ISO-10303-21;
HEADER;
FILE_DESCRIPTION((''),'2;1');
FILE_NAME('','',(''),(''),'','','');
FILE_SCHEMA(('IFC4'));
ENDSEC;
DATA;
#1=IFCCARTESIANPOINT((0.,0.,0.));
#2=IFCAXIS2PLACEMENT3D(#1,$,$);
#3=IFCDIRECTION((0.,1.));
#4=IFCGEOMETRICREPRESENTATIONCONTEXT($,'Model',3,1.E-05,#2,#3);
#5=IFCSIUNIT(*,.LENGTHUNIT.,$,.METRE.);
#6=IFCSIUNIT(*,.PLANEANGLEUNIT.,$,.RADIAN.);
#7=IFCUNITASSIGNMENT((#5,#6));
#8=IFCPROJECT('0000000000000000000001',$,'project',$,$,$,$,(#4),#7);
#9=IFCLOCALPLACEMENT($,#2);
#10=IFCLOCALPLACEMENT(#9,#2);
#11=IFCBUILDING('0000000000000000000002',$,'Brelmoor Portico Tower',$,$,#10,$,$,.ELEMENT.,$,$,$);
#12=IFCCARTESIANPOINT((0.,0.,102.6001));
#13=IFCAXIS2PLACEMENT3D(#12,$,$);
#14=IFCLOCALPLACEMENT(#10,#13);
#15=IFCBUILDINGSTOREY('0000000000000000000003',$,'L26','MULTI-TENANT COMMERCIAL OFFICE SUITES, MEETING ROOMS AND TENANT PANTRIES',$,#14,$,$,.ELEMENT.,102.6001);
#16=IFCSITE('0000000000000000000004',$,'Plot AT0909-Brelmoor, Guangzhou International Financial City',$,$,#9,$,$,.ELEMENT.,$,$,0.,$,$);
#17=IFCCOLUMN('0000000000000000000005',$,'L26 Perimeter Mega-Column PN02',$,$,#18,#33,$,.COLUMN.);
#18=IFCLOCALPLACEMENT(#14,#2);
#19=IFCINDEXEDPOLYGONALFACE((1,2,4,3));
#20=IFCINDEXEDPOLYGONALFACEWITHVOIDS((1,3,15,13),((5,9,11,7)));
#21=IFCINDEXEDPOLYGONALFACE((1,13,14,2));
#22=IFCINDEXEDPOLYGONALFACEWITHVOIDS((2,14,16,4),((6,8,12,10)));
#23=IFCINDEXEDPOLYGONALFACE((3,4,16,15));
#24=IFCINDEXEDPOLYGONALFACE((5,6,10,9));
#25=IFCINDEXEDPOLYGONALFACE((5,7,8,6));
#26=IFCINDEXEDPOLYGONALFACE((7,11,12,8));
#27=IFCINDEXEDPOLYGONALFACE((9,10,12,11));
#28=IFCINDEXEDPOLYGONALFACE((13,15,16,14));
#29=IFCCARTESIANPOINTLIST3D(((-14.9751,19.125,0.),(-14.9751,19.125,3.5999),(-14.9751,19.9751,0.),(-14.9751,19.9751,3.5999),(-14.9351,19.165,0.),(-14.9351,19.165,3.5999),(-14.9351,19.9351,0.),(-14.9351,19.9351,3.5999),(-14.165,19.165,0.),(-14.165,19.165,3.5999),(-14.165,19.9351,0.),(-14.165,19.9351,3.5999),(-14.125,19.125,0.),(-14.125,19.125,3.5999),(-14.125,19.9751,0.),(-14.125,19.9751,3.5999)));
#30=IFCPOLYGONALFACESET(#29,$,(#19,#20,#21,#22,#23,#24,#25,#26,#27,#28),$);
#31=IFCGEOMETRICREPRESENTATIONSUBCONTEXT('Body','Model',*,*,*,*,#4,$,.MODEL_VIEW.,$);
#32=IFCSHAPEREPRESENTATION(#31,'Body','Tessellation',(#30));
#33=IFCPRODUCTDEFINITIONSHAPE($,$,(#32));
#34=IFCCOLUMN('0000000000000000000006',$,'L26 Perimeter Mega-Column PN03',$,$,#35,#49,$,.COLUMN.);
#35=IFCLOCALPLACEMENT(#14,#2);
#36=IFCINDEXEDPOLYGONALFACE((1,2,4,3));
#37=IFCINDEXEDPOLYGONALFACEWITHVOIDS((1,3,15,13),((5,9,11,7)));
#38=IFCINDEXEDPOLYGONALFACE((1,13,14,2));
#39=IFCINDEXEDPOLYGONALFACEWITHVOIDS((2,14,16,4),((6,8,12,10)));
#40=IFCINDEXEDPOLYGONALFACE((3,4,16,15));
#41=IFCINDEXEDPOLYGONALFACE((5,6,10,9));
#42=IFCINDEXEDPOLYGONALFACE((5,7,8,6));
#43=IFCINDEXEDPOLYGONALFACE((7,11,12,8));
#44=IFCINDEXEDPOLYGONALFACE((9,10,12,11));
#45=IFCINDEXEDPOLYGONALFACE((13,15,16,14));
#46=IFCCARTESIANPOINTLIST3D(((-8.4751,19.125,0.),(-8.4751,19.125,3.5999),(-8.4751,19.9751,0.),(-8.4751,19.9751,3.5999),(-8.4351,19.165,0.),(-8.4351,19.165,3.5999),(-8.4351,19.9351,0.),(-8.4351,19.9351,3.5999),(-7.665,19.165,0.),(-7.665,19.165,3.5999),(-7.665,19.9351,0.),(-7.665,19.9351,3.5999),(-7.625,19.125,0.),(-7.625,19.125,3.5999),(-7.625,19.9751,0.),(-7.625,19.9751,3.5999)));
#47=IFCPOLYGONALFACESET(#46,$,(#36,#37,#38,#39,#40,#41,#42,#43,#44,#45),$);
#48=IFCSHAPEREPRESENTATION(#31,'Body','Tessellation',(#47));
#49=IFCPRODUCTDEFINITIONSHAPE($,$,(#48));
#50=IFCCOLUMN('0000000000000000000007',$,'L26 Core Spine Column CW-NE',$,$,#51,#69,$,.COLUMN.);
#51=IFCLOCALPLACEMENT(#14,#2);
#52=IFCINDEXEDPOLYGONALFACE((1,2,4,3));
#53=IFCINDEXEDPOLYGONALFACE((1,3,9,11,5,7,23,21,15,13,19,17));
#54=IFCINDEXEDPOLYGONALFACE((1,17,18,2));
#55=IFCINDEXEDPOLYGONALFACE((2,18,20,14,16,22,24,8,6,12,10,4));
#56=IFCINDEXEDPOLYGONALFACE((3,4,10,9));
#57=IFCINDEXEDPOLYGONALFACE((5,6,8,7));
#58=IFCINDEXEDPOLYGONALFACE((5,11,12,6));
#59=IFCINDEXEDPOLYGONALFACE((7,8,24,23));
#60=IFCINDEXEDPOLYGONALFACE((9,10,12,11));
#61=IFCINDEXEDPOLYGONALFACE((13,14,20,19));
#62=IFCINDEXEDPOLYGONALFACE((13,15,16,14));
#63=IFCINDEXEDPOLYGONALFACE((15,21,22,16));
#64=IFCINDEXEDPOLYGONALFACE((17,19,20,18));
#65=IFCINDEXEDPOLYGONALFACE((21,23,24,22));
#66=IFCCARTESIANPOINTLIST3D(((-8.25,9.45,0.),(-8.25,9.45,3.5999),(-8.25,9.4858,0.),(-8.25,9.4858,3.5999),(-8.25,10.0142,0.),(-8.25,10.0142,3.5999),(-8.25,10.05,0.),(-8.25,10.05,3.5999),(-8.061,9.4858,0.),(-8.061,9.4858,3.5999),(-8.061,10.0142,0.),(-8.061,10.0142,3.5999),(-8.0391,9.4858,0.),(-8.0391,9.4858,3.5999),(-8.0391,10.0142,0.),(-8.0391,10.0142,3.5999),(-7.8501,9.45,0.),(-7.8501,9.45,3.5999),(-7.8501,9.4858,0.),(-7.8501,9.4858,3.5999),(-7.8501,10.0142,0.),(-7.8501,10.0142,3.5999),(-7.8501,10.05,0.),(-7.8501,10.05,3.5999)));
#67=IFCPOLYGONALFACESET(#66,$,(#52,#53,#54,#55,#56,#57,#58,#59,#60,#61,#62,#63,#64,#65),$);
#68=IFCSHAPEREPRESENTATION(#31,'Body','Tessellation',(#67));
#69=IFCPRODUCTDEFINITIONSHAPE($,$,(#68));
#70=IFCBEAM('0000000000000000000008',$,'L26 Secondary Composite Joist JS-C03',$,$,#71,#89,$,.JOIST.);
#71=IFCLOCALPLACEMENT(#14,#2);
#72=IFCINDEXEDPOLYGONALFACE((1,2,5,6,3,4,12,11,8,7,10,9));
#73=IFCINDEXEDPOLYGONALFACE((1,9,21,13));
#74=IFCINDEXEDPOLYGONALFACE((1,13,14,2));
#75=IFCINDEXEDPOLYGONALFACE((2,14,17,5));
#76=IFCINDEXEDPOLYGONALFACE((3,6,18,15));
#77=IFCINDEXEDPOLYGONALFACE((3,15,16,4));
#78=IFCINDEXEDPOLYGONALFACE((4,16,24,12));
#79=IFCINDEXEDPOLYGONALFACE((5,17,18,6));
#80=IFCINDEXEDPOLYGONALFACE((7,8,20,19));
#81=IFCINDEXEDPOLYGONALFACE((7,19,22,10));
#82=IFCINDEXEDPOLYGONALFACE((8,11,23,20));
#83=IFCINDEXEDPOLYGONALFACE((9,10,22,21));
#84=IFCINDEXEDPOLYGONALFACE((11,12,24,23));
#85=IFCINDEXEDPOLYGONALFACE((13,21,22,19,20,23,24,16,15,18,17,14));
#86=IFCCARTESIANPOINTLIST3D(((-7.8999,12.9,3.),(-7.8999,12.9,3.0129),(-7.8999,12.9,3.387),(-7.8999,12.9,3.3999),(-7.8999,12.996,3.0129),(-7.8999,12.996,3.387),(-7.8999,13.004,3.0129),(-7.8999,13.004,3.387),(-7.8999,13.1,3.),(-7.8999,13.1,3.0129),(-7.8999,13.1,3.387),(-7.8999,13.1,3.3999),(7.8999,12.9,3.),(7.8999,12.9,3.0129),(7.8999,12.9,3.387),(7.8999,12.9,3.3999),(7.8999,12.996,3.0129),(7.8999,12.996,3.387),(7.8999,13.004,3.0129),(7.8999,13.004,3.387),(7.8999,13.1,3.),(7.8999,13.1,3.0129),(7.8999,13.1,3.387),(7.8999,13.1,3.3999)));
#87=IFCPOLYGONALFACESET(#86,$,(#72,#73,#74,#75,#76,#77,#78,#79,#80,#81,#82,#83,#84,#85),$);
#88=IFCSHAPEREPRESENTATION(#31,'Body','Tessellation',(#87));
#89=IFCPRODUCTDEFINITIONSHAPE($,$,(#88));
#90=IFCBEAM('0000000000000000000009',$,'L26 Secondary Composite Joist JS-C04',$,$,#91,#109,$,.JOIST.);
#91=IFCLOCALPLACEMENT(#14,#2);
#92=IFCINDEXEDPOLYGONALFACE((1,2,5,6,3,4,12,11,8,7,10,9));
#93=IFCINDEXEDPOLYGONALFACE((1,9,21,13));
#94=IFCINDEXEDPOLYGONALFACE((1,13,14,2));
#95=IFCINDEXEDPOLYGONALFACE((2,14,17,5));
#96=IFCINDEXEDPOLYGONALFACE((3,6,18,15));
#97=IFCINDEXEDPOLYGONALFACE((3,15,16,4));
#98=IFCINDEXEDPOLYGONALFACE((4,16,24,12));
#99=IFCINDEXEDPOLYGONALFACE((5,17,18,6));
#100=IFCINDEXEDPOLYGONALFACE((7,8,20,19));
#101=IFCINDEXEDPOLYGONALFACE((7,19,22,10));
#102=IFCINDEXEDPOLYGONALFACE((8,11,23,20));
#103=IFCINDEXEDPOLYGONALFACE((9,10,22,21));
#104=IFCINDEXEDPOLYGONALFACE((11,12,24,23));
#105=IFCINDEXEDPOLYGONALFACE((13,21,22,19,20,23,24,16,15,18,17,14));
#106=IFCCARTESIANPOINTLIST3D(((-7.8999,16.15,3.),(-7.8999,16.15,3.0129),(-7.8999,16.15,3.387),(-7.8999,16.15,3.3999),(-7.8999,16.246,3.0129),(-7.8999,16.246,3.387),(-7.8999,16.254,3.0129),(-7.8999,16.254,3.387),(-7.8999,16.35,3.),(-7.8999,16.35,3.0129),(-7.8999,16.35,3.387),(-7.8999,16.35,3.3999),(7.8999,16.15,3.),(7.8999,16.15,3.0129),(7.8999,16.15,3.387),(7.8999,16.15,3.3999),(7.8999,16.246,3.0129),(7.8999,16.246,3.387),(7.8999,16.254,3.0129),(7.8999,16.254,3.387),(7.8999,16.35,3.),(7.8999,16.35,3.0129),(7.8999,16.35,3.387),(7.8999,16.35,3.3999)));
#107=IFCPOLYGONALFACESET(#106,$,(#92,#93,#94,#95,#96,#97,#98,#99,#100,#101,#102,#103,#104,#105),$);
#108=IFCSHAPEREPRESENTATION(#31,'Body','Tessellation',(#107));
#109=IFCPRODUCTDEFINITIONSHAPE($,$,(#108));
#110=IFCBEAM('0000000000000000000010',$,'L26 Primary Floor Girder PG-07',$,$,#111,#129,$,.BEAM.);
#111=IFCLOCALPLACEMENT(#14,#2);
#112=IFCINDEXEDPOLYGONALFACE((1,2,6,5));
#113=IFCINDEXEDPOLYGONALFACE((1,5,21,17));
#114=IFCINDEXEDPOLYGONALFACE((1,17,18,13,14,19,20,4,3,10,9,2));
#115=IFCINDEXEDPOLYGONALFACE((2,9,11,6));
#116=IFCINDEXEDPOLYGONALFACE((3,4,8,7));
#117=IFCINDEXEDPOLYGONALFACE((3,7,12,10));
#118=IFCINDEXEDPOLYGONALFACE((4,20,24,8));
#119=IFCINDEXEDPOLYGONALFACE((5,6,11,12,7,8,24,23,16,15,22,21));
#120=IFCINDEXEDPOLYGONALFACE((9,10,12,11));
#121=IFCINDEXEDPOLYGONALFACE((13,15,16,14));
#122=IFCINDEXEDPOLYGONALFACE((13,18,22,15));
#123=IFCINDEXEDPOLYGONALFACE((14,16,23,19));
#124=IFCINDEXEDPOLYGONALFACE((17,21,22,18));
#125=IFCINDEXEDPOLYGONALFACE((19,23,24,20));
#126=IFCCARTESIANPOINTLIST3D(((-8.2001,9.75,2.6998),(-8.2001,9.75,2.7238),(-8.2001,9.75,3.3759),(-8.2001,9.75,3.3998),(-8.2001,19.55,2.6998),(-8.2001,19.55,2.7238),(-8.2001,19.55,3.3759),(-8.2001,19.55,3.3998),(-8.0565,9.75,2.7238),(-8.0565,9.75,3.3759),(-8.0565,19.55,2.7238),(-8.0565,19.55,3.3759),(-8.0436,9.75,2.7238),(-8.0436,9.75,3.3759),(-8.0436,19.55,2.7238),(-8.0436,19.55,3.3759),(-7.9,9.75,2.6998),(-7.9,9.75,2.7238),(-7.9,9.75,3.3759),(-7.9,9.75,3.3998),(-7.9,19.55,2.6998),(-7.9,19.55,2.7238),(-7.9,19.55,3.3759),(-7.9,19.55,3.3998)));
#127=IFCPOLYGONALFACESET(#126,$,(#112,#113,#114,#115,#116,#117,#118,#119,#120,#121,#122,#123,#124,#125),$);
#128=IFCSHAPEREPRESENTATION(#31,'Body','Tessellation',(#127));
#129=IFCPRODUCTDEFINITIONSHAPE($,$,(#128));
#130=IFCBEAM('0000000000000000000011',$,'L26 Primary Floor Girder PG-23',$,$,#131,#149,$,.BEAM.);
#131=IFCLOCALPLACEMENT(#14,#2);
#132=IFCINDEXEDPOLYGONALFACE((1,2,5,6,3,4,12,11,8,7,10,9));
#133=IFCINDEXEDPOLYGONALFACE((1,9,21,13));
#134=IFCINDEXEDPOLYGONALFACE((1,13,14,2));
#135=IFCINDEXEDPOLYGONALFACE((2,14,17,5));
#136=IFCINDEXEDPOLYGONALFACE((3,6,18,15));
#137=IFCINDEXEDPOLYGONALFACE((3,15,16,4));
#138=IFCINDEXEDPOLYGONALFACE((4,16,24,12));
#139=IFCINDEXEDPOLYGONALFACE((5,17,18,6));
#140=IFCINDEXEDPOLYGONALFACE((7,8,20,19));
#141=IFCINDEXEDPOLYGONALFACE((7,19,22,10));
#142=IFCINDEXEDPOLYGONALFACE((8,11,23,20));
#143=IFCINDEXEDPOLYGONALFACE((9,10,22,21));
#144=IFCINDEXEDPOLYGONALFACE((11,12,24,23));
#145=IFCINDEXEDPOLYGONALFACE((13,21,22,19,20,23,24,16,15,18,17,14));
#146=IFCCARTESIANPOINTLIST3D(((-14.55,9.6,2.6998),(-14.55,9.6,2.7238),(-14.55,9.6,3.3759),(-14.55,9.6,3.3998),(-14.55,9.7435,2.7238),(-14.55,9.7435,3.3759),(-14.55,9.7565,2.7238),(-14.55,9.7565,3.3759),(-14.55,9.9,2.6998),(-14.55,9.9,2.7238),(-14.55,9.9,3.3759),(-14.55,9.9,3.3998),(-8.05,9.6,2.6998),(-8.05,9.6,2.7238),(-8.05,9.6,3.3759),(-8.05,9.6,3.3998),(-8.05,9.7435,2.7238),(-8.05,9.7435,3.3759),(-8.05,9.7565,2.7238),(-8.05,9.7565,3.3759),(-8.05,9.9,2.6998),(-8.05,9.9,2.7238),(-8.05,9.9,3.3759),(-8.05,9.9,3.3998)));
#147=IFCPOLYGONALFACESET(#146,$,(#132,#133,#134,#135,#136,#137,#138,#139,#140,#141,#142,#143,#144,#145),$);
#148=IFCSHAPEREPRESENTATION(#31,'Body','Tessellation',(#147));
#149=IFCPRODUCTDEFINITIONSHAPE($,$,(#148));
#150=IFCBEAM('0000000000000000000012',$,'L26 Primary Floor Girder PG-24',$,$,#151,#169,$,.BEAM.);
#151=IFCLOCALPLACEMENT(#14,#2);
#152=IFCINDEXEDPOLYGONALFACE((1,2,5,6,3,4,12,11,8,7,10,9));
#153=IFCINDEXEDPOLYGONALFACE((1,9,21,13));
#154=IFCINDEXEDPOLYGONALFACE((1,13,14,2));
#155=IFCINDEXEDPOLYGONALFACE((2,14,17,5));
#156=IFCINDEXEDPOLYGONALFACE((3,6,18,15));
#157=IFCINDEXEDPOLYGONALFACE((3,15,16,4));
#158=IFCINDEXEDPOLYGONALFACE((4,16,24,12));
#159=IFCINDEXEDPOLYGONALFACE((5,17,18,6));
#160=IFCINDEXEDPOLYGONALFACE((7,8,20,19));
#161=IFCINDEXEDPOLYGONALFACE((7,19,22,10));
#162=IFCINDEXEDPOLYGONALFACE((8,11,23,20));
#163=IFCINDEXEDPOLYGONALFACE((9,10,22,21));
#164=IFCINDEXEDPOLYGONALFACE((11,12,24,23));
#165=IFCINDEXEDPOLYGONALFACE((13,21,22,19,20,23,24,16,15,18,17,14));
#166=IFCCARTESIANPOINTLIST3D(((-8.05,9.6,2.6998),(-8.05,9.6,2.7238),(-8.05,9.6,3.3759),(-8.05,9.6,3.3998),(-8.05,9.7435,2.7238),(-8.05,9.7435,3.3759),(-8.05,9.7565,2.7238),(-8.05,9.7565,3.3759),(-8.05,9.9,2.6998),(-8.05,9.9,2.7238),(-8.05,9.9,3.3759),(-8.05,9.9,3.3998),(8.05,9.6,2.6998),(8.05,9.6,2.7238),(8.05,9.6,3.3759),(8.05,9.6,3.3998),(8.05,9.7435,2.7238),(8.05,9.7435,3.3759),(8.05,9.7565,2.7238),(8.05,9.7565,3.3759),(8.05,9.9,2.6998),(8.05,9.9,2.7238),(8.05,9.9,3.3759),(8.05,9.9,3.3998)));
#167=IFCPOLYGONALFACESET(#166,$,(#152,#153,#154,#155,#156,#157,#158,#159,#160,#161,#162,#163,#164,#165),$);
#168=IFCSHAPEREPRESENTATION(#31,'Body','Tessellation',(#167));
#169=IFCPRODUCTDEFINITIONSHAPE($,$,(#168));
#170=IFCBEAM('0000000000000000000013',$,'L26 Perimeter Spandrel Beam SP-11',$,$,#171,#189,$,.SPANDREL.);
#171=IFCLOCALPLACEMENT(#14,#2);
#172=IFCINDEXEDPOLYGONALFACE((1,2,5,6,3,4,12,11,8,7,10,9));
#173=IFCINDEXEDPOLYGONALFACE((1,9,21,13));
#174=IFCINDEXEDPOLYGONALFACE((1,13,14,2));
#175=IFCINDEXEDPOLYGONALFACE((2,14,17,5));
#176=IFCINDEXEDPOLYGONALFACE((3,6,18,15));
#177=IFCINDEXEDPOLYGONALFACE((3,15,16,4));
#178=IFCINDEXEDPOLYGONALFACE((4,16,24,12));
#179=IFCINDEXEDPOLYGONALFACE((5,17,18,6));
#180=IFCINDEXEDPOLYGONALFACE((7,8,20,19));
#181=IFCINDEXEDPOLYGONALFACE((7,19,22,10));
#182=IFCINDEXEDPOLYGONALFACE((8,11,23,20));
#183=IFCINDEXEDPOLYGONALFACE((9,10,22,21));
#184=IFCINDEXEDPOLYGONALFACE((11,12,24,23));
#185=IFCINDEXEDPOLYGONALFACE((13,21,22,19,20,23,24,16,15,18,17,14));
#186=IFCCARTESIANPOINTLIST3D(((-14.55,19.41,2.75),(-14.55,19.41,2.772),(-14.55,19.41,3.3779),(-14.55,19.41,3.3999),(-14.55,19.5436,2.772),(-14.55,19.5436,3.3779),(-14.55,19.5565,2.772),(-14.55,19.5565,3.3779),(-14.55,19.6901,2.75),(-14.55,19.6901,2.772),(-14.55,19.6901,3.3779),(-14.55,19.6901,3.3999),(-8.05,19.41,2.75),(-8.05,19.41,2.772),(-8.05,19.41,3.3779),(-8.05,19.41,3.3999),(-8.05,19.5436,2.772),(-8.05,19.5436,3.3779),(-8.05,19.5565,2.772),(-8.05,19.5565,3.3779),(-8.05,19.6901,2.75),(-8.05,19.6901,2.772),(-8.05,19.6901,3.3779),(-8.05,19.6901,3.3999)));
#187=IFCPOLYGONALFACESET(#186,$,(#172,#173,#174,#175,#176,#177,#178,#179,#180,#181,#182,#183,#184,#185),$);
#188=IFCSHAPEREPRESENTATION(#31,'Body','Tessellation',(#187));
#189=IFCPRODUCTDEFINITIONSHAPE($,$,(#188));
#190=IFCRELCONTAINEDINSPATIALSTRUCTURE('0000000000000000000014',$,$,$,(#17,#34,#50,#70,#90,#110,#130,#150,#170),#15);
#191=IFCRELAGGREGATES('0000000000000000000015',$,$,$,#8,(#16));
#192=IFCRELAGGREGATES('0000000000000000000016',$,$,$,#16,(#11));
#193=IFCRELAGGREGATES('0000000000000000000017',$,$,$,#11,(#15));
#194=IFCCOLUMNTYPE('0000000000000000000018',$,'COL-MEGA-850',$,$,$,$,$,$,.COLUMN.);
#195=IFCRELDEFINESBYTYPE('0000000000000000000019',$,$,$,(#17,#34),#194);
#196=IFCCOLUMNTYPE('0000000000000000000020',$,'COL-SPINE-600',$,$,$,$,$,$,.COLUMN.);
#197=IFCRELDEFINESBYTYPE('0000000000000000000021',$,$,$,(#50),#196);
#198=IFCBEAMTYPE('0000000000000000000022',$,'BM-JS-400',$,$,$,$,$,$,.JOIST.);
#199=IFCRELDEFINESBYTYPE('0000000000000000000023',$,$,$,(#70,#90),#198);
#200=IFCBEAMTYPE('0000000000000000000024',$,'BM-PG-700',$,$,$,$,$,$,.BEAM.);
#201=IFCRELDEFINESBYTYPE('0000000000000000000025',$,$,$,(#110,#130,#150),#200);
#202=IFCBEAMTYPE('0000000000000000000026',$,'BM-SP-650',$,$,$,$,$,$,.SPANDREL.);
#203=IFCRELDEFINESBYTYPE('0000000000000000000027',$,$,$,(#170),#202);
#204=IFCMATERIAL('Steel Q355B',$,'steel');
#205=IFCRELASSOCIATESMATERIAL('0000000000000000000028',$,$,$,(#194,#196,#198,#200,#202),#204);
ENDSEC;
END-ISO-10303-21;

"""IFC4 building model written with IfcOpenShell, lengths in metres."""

from ifc_helpers import new_model, si_unit, direction, frame, origin, origin_2d, place, context, subcontext, project, spatial, hollow_rectangle, i_section, extrude, material, material_profile, profile_set, type_object, element, save


model = new_model("IFC4")

# Units and contexts
model_context = context("Model", 3, precision=1e-05, world=origin(), true_north=direction((0.0, 1.0)))
body_context = subcontext(model_context, "Body", "Model", "MODEL_VIEW")
ifc_project = project(units=[si_unit("LENGTHUNIT", "METRE"), si_unit("PLANEANGLEUNIT", "RADIAN")], contexts=[model_context])

# Site, building, storey
site_placement = place(None, origin())
site = spatial("IfcSite", under=ifc_project, at=site_placement, Name="Plot AT0909-Brelmoor, Guangzhou International Financial City", CompositionType="ELEMENT", RefElevation=0.0)
building_placement = place(site_placement, origin())
building = spatial("IfcBuilding", under=site, at=building_placement, Name="Brelmoor Portico Tower", CompositionType="ELEMENT")
storey_placement = place(building_placement, frame((0.0, 0.0, 102.6001)))
storey = spatial("IfcBuildingStorey", under=building, at=storey_placement, Name="L26", Description="MULTI-TENANT COMMERCIAL OFFICE SUITES, MEETING ROOMS AND TENANT PANTRIES", CompositionType="ELEMENT", Elevation=102.6001)

# Columns
ifc_material_1 = material(Name="Steel Q355B", Category="steel")
ifc_material_profile_1 = material_profile(ifc_material_1, hollow_rectangle(XDim=0.8501, YDim=0.8501, WallThickness=0.04, at=origin_2d()), Name="BOX 850x850x40")
ifc_profile_set_1 = profile_set([ifc_material_profile_1], Name="Steel Q355B")
column_type_1 = type_object("IfcColumnType", Name="COL-MEGA-850", PredefinedType="COLUMN", material=ifc_profile_set_1)
for number, where, z_axis, x_axis, name in (
    (1, (-14.55, 19.55, 0.0), (0.0, 0.0, 1.0), (1.0, 0.0, 0.0), "L26 Perimeter Mega-Column PN02"),
    (2, (-8.05, 19.55, 0.0), (0.0, 0.0, 1.0), (1.0, 0.0, 0.0), "L26 Perimeter Mega-Column PN03"),
):
    element("IfcColumn", number, at=place(storey_placement, frame(where, z_axis=z_axis, x_axis=x_axis)), inside=storey, type_object=column_type_1, Name=name, PredefinedType="COLUMN", context=body_context, shape_type="SweptSolid", body=[
        extrude(hollow_rectangle(XDim=0.8501, YDim=0.8501, WallThickness=0.04, at=origin_2d()), origin(), (0.0, 0.0, 1.0), 3.5999),
    ])
ifc_material_profile_2 = material_profile(ifc_material_1, i_section(OverallWidth=0.3999, OverallDepth=0.6001, WebThickness=0.022, FlangeThickness=0.0359, at=origin_2d()), Name="HW 600x400x22x36")
ifc_profile_set_2 = profile_set([ifc_material_profile_2], Name="Steel Q355B")
column_type_2 = type_object("IfcColumnType", Name="COL-SPINE-600", PredefinedType="COLUMN", material=ifc_profile_set_2)
column_placement = place(storey_placement, frame((-8.05, 9.75, 0.0), z_axis=(0.0, 0.0, 1.0), x_axis=(1.0, 0.0, 0.0)))
element("IfcColumn", 3, at=column_placement, inside=storey, type_object=column_type_2, Name="L26 Core Spine Column CW-NE", PredefinedType="COLUMN", context=body_context, shape_type="SweptSolid", body=[
    extrude(i_section(OverallWidth=0.3999, OverallDepth=0.6001, WebThickness=0.022, FlangeThickness=0.0359, at=origin_2d()), origin(), (0.0, 0.0, 1.0), 3.5999),
])

# Beams
ifc_material_profile_3 = material_profile(ifc_material_1, i_section(OverallWidth=0.2, OverallDepth=0.3999, WebThickness=0.0081, FlangeThickness=0.0129, at=origin_2d()), Name="HN 400x200x8x13")
ifc_profile_set_3 = profile_set([ifc_material_profile_3], Name="Steel Q355B")
beam_type_1 = type_object("IfcBeamType", Name="BM-JS-400", PredefinedType="JOIST", material=ifc_profile_set_3)
for number, where, z_axis, x_axis, name in (
    (4, (-7.8999, 13.0, 3.2), (1.0, 0.0, 0.0), (0.0, 1.0, 0.0), "L26 Secondary Composite Joist JS-C03"),
    (5, (-7.8999, 16.25, 3.2), (1.0, 0.0, 0.0), (0.0, 1.0, 0.0), "L26 Secondary Composite Joist JS-C04"),
):
    element("IfcBeam", number, at=place(storey_placement, frame(where, z_axis=z_axis, x_axis=x_axis)), inside=storey, type_object=beam_type_1, Name=name, PredefinedType="JOIST", context=body_context, shape_type="SweptSolid", body=[
        extrude(i_section(OverallWidth=0.2, OverallDepth=0.3999, WebThickness=0.0081, FlangeThickness=0.0129, at=origin_2d()), origin(), (0.0, 0.0, 1.0), 15.7998),
    ])
ifc_material_profile_4 = material_profile(ifc_material_1, i_section(OverallWidth=0.3, OverallDepth=0.7, WebThickness=0.0129, FlangeThickness=0.0239, at=origin_2d()), Name="HN 700x300x13x24")
ifc_profile_set_4 = profile_set([ifc_material_profile_4], Name="Steel Q355B")
beam_type_2 = type_object("IfcBeamType", Name="BM-PG-700", PredefinedType="BEAM", material=ifc_profile_set_4)
beam_1_placement = place(storey_placement, frame((-8.05, 9.75, 3.0498), z_axis=(0.0, 1.0, 0.0), x_axis=(-1.0, 0.0, 0.0)))
element("IfcBeam", 6, at=beam_1_placement, inside=storey, type_object=beam_type_2, Name="L26 Primary Floor Girder PG-07", PredefinedType="BEAM", context=body_context, shape_type="SweptSolid", body=[
    extrude(i_section(OverallWidth=0.3, OverallDepth=0.7, WebThickness=0.0129, FlangeThickness=0.0239, at=origin_2d()), origin(), (0.0, 0.0, 1.0), 9.8),
])
beam_2_placement = place(storey_placement, frame((-14.55, 9.75, 3.0498), z_axis=(1.0, 0.0, 0.0), x_axis=(0.0, 1.0, 0.0)))
element("IfcBeam", 7, at=beam_2_placement, inside=storey, type_object=beam_type_2, Name="L26 Primary Floor Girder PG-23", PredefinedType="BEAM", context=body_context, shape_type="SweptSolid", body=[
    extrude(i_section(OverallWidth=0.3, OverallDepth=0.7, WebThickness=0.0129, FlangeThickness=0.0239, at=origin_2d()), origin(), (0.0, 0.0, 1.0), 6.5),
])
beam_3_placement = place(storey_placement, frame((-8.05, 9.75, 3.0498), z_axis=(1.0, 0.0, 0.0), x_axis=(0.0, 1.0, 0.0)))
element("IfcBeam", 8, at=beam_3_placement, inside=storey, type_object=beam_type_2, Name="L26 Primary Floor Girder PG-24", PredefinedType="BEAM", context=body_context, shape_type="SweptSolid", body=[
    extrude(i_section(OverallWidth=0.3, OverallDepth=0.7, WebThickness=0.0129, FlangeThickness=0.0239, at=origin_2d()), origin(), (0.0, 0.0, 1.0), 16.1001),
])
ifc_material_profile_5 = material_profile(ifc_material_1, i_section(OverallWidth=0.28, OverallDepth=0.6499, WebThickness=0.0129, FlangeThickness=0.022, at=origin_2d()), Name="HN 650x280x13x22")
ifc_profile_set_5 = profile_set([ifc_material_profile_5], Name="Steel Q355B")
beam_type_3 = type_object("IfcBeamType", Name="BM-SP-650", PredefinedType="SPANDREL", material=ifc_profile_set_5)
beam_4_placement = place(storey_placement, frame((-14.55, 19.55, 3.075), z_axis=(1.0, 0.0, 0.0), x_axis=(0.0, 1.0, 0.0)))
element("IfcBeam", 9, at=beam_4_placement, inside=storey, type_object=beam_type_3, Name="L26 Perimeter Spandrel Beam SP-11", PredefinedType="SPANDREL", context=body_context, shape_type="SweptSolid", body=[
    extrude(i_section(OverallWidth=0.28, OverallDepth=0.6499, WebThickness=0.0129, FlangeThickness=0.022, at=origin_2d()), origin(), (0.0, 0.0, 1.0), 6.5),
])

save(model, "model.ifc")
